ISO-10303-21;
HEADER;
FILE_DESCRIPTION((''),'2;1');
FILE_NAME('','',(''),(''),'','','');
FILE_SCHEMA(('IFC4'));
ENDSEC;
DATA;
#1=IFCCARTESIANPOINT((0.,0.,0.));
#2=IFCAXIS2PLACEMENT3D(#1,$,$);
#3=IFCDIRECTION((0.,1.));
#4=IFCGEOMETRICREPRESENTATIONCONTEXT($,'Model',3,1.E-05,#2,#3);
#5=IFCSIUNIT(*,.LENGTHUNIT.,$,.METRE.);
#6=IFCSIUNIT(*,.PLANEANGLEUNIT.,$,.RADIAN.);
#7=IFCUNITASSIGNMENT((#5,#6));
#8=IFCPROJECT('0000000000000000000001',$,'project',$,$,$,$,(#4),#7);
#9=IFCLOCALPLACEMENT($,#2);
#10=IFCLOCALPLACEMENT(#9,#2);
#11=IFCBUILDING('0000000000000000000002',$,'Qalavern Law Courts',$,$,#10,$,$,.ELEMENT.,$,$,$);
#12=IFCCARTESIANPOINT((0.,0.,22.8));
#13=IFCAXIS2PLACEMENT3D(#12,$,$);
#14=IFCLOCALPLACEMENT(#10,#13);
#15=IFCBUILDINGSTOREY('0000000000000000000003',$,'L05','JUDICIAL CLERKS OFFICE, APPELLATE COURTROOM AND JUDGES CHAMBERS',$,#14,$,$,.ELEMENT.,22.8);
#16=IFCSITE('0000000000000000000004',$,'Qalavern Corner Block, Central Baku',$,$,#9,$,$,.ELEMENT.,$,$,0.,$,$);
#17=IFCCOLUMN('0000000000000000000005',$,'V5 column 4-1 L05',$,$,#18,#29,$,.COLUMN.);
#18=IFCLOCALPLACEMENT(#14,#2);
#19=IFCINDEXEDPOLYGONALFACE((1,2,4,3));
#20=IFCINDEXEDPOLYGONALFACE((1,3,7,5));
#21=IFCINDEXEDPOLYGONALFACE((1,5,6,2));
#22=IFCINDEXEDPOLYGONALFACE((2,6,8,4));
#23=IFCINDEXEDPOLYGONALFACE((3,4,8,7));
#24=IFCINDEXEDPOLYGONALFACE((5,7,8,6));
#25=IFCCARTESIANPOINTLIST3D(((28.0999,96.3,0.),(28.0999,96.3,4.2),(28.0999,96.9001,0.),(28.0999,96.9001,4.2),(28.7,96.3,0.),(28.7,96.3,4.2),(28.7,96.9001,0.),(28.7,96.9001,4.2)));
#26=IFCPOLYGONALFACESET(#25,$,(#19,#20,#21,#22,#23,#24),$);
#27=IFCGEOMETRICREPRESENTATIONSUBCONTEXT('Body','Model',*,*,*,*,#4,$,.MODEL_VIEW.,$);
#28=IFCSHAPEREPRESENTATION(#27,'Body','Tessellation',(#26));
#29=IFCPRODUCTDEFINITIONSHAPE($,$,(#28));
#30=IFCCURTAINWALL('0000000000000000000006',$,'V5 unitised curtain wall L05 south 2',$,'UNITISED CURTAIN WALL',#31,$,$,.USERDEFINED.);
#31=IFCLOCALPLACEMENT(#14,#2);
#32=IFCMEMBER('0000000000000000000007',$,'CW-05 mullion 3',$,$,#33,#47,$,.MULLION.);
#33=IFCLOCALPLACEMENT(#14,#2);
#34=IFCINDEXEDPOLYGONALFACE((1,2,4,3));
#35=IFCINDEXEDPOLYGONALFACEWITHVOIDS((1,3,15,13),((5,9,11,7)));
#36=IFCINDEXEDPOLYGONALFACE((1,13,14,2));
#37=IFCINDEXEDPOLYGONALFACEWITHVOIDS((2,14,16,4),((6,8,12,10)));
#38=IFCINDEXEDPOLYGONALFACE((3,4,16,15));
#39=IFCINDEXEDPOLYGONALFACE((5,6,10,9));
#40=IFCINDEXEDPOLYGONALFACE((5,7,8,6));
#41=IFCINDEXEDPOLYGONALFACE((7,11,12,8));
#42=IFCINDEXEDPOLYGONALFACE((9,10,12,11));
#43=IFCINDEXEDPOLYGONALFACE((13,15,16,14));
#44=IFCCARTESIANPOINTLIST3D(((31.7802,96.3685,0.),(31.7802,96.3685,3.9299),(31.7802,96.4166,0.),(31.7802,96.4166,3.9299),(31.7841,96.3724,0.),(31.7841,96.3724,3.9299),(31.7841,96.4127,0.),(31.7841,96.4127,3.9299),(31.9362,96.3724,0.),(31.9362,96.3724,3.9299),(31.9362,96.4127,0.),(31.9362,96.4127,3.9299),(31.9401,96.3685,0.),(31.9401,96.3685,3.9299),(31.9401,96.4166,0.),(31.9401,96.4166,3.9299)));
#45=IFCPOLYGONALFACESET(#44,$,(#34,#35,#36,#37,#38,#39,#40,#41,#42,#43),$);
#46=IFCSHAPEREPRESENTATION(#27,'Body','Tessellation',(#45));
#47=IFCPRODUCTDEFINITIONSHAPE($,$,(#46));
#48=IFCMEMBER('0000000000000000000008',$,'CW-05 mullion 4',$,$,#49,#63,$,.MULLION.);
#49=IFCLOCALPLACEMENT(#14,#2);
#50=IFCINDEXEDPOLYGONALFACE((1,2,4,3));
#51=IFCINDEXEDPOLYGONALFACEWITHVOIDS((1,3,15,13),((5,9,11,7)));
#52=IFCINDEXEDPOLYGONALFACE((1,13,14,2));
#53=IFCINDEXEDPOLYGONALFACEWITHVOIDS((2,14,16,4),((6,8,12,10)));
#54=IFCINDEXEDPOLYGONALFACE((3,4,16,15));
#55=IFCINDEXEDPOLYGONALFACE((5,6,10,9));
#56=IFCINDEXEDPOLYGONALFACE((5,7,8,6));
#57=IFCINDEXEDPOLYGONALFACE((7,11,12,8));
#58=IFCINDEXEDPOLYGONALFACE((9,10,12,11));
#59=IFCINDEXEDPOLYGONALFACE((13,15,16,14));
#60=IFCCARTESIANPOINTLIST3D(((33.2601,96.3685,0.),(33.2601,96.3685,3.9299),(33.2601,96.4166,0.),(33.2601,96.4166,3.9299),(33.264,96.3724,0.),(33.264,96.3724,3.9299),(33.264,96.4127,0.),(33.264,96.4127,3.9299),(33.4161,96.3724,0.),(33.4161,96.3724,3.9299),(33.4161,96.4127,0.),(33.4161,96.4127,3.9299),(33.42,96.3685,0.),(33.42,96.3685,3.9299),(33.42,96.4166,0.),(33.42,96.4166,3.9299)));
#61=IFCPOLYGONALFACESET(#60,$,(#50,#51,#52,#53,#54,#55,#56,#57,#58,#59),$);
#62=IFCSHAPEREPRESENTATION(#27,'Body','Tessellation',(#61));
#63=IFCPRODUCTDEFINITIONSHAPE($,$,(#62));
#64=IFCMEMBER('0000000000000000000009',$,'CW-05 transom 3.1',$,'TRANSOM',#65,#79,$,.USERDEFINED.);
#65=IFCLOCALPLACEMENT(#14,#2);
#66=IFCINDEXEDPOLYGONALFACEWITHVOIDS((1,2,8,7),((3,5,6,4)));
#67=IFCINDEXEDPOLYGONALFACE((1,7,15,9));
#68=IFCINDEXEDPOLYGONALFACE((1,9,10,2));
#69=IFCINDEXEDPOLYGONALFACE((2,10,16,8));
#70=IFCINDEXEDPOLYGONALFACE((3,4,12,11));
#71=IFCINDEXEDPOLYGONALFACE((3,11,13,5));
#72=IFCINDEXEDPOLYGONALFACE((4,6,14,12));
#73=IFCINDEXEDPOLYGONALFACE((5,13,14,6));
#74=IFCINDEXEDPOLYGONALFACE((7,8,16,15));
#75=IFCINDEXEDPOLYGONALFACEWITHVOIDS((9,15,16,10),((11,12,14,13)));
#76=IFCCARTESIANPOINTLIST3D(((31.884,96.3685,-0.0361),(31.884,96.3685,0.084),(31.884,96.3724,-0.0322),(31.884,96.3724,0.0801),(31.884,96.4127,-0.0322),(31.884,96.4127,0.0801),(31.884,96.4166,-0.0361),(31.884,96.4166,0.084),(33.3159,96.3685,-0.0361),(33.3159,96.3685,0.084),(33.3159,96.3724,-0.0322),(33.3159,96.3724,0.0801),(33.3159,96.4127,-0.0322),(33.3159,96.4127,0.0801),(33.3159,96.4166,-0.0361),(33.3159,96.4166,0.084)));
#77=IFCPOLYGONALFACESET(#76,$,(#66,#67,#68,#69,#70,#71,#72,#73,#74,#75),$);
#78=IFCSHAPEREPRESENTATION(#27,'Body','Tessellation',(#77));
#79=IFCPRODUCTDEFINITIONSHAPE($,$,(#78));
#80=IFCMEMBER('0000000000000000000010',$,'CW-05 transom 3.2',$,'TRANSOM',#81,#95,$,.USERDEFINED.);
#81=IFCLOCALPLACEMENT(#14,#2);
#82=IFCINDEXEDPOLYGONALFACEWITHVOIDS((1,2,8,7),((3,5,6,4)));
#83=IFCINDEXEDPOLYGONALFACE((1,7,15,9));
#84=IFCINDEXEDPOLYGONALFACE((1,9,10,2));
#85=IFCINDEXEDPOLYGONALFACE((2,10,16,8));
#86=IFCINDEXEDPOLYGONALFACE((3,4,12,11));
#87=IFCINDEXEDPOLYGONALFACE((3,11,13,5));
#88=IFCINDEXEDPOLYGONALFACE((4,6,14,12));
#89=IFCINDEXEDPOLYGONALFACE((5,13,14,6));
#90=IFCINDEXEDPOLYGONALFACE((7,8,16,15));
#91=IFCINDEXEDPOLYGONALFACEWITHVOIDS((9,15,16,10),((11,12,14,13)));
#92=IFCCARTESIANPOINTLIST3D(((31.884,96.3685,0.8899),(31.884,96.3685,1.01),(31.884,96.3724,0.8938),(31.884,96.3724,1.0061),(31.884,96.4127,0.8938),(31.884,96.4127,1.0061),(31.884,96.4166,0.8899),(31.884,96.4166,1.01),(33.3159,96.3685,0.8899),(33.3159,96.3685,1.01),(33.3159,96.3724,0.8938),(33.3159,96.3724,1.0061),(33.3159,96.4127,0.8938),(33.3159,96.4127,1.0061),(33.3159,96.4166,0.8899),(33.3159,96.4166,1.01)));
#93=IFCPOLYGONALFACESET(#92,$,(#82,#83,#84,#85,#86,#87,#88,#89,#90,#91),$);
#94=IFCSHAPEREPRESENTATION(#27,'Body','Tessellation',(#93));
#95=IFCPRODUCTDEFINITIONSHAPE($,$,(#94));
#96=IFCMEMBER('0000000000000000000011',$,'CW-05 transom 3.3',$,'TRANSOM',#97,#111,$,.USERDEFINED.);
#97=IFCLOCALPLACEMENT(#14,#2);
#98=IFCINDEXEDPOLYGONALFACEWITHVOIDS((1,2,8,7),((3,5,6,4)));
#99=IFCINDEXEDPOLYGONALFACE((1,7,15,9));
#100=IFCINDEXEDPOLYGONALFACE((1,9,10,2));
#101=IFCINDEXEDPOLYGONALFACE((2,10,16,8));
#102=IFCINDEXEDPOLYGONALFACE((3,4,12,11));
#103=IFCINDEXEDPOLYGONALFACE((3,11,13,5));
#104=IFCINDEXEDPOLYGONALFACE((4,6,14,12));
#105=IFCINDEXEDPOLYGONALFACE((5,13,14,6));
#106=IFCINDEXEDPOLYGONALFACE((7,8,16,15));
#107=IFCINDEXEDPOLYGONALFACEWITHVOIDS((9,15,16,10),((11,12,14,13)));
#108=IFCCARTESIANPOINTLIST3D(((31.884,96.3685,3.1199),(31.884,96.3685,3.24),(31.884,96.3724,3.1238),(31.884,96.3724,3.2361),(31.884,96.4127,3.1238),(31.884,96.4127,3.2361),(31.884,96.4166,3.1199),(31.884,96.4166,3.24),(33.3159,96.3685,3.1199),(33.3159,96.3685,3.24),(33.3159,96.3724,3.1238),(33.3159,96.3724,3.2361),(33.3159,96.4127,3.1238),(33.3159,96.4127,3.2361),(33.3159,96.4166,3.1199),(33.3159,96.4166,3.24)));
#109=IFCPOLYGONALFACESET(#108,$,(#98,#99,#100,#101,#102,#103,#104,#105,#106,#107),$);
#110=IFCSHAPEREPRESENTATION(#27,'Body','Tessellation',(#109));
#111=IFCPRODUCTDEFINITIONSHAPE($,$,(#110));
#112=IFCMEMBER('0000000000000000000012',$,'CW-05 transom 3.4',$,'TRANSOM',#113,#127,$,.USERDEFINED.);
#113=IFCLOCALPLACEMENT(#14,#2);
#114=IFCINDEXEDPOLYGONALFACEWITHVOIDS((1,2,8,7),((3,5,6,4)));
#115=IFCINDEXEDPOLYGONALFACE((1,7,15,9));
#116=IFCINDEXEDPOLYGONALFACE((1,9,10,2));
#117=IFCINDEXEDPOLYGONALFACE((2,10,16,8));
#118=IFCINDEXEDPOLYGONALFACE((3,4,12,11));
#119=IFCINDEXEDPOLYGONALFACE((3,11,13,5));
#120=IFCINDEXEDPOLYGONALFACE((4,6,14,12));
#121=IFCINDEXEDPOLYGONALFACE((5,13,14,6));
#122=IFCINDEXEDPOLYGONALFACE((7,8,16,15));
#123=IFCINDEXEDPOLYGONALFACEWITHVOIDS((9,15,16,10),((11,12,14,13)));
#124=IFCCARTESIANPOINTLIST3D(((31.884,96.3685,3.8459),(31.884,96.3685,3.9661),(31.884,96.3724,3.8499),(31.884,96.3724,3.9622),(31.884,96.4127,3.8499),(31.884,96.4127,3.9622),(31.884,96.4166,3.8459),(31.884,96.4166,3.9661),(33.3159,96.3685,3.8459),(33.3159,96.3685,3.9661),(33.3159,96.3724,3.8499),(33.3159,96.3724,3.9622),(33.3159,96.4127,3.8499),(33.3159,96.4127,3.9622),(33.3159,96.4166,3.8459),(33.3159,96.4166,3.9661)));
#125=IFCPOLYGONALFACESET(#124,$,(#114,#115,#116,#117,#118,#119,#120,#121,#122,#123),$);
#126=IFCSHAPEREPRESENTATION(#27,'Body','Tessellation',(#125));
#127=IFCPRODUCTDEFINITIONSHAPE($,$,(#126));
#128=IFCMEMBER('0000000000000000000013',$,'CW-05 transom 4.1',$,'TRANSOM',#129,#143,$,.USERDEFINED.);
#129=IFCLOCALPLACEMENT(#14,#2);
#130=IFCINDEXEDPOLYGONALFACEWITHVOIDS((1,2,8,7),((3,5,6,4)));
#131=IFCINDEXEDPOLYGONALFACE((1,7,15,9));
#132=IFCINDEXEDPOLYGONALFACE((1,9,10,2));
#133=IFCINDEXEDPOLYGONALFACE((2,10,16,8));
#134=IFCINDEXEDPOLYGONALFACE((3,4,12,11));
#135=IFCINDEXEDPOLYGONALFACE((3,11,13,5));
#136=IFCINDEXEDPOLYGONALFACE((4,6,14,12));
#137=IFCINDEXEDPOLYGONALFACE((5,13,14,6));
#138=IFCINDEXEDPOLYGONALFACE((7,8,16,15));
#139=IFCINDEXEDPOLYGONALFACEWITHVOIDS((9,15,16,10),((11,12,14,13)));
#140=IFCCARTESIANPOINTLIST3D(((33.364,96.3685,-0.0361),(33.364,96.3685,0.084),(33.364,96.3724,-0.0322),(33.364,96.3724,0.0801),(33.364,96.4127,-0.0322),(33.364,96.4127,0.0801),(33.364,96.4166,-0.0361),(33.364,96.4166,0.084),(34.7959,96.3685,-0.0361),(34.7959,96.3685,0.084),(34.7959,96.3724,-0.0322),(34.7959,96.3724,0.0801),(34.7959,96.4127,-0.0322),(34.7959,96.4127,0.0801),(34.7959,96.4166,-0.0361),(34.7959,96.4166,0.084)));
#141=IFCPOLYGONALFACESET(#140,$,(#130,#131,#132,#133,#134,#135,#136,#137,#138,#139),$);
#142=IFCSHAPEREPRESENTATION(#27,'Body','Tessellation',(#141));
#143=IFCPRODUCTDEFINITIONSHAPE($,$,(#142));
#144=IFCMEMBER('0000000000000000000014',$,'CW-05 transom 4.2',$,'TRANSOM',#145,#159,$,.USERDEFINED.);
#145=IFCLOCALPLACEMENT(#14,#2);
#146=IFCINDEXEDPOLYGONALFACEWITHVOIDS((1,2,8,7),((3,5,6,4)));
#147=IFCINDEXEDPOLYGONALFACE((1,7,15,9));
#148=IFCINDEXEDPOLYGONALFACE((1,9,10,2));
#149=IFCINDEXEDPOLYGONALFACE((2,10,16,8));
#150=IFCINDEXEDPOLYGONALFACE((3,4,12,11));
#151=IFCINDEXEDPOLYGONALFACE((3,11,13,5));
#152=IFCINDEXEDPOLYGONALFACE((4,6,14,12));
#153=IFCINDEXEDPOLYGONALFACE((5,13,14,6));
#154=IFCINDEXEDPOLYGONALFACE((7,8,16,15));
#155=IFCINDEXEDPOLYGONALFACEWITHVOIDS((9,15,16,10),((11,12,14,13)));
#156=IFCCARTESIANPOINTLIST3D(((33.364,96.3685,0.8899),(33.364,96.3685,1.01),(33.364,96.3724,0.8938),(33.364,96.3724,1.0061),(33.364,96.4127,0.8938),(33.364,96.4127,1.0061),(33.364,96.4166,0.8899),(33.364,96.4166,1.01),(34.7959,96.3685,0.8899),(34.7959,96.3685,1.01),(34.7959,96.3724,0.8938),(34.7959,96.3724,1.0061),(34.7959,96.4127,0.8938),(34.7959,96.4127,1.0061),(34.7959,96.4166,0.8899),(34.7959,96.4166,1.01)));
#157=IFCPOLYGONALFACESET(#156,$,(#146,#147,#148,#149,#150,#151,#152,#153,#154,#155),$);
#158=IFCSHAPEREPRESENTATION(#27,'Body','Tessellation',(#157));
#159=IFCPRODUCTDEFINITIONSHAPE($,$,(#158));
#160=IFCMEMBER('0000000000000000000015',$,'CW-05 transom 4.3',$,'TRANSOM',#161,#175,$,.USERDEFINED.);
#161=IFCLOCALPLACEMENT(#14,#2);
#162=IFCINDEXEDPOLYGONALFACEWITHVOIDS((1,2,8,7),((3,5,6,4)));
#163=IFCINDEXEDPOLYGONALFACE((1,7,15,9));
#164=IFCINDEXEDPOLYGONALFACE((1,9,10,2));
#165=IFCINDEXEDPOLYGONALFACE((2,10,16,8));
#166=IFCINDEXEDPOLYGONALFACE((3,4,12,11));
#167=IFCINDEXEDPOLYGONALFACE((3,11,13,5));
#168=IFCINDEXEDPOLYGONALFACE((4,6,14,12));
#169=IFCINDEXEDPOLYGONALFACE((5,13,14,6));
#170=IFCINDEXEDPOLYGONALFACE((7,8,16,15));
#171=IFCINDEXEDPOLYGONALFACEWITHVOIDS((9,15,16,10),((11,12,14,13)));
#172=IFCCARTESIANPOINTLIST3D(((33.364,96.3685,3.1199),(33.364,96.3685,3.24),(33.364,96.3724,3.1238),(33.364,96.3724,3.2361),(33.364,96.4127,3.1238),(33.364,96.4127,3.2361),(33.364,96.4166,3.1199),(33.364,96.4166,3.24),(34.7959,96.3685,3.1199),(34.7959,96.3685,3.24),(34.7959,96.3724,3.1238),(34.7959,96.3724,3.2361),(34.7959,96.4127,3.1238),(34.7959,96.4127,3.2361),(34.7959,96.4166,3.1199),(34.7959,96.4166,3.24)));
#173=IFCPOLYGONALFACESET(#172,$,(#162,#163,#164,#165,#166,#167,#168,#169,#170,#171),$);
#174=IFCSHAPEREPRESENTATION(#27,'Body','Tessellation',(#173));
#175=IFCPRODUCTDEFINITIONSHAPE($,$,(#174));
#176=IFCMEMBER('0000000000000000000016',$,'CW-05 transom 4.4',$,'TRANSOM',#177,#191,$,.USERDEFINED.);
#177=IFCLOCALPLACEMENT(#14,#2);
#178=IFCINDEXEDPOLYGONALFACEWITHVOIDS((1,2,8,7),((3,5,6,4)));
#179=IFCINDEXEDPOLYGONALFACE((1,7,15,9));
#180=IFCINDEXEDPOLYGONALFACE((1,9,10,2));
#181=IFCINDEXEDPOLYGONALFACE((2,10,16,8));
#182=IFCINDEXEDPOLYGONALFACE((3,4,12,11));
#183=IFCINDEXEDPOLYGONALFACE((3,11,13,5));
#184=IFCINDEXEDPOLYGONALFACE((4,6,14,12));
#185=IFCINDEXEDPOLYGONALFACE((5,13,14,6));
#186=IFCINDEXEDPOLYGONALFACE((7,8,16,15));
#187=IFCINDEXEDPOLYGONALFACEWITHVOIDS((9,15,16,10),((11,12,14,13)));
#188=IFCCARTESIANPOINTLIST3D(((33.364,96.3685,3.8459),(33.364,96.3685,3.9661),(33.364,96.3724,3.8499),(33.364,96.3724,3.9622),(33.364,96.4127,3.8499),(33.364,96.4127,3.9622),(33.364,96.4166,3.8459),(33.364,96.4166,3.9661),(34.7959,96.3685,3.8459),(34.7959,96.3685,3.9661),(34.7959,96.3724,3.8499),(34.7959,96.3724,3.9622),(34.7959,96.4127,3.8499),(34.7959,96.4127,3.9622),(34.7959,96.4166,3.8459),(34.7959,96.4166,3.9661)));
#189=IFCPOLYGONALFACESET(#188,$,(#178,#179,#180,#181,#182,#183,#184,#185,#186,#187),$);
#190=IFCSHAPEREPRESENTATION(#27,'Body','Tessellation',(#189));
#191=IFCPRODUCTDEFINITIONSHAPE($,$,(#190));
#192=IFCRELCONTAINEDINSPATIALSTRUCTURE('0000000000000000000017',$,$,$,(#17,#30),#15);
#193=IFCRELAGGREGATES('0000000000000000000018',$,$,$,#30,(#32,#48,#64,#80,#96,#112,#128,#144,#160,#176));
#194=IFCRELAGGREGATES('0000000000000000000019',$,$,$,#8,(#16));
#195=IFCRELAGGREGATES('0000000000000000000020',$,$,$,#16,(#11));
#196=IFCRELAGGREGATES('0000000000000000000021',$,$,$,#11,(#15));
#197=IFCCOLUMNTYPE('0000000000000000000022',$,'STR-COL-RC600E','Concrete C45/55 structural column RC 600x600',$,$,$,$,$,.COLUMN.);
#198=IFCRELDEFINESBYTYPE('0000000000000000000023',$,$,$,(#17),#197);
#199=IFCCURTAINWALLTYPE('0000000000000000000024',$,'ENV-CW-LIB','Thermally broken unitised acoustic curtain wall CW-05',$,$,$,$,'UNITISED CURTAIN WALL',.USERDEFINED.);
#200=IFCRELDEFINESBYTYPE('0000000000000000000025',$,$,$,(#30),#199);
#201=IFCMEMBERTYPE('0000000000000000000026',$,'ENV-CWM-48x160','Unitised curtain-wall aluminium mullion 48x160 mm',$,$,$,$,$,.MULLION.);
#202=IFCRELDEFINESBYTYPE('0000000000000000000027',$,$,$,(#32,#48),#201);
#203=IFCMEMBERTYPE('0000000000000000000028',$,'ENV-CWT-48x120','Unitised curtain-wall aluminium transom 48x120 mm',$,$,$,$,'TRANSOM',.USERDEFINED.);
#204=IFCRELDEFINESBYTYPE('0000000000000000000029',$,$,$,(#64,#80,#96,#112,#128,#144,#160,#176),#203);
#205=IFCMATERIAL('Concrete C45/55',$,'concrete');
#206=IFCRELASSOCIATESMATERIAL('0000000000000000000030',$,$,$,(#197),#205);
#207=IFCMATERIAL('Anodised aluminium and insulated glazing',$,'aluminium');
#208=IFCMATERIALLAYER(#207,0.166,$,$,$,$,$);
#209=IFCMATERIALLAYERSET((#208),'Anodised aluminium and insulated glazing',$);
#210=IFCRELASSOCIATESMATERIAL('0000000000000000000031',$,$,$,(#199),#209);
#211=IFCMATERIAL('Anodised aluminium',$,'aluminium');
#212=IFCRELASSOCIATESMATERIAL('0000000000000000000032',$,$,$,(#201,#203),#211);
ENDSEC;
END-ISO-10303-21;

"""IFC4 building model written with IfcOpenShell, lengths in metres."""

from ifc_helpers import new_model, si_unit, direction, frame, origin, origin_2d, place, context, subcontext, project, spatial, rectangle, hollow_rectangle, extrude, material, layer, layer_set, material_profile, profile_set, type_object, element, aggregate, save


model = new_model("IFC4")

# Units and contexts
model_context = context("Model", 3, precision=1e-05, world=origin(), true_north=direction((0.0, 1.0)))
body_context = subcontext(model_context, "Body", "Model", "MODEL_VIEW")
ifc_project = project(units=[si_unit("LENGTHUNIT", "METRE"), si_unit("PLANEANGLEUNIT", "RADIAN")], contexts=[model_context])

# Site, building, storey
site_placement = place(None, origin())
site = spatial("IfcSite", under=ifc_project, at=site_placement, Name="Qalavern Corner Block, Central Baku", CompositionType="ELEMENT", RefElevation=0.0)
building_placement = place(site_placement, origin())
building = spatial("IfcBuilding", under=site, at=building_placement, Name="Qalavern Law Courts", CompositionType="ELEMENT")
storey_placement = place(building_placement, frame((0.0, 0.0, 22.8)))
storey = spatial("IfcBuildingStorey", under=building, at=storey_placement, Name="L05", Description="JUDICIAL CLERKS OFFICE, APPELLATE COURTROOM AND JUDGES CHAMBERS", CompositionType="ELEMENT", Elevation=22.8)

# Column
ifc_material_1 = material(Name="Concrete C45/55", Category="concrete")
ifc_material_profile_1 = material_profile(ifc_material_1, rectangle(XDim=0.6001, YDim=0.6001, at=origin_2d()), Name="RC 600x600")
ifc_profile_set_1 = profile_set([ifc_material_profile_1], Name="Concrete C45/55")
column_type = type_object("IfcColumnType", Name="STR-COL-RC600E", Description="Concrete C45/55 structural column RC 600x600", PredefinedType="COLUMN", material=ifc_profile_set_1)
column_placement = place(storey_placement, frame((28.3999, 96.6001, 0.0), z_axis=(0.0, 0.0, 1.0), x_axis=(1.0, 0.0, 0.0)))
element("IfcColumn", 1, at=column_placement, inside=storey, type_object=column_type, Name="V5 column 4-1 L05", PredefinedType="COLUMN", context=body_context, shape_type="SweptSolid", body=[
    extrude(rectangle(XDim=0.6001, YDim=0.6001, at=origin_2d()), origin(), (0.0, 0.0, 1.0), 4.2),
])

# Curtain wall, members
ifc_material_2 = material(Name="Anodised aluminium and insulated glazing", Category="aluminium")
ifc_layer_1 = layer(ifc_material_2, 0.166)
ifc_layer_set_1 = layer_set([ifc_layer_1], Name="Anodised aluminium and insulated glazing")
curtain_wall_type = type_object("IfcCurtainWallType", Name="ENV-CW-LIB", Description="Thermally broken unitised acoustic curtain wall CW-05", ElementType="UNITISED CURTAIN WALL", PredefinedType="USERDEFINED", material=ifc_layer_set_1)
curtain_wall_placement = place(storey_placement, origin())
curtain_wall = element("IfcCurtainWall", 2, at=curtain_wall_placement, inside=storey, type_object=curtain_wall_type, Name="V5 unitised curtain wall L05 south 2", ObjectType="UNITISED CURTAIN WALL", PredefinedType="USERDEFINED")
ifc_material_3 = material(Name="Anodised aluminium", Category="aluminium")
ifc_material_profile_2 = material_profile(ifc_material_3, hollow_rectangle(XDim=0.0481, YDim=0.1599, WallThickness=0.0039, at=origin_2d()), Name="ALU MULLION 48x160")
ifc_profile_set_2 = profile_set([ifc_material_profile_2], Name="Anodised aluminium")
member_type_1 = type_object("IfcMemberType", Name="ENV-CWM-48x160", Description="Unitised curtain-wall aluminium mullion 48x160 mm", PredefinedType="MULLION", material=ifc_profile_set_2)
member_1_placement = place(storey_placement, frame((31.8601, 96.3926, 0.0), z_axis=(0.0, 0.0, 1.0), x_axis=(0.0, 1.0, 0.0)))
member_1 = element("IfcMember", 3, at=member_1_placement, type_object=member_type_1, Name="CW-05 mullion 3", PredefinedType="MULLION", context=body_context, shape_type="SweptSolid", body=[
    extrude(hollow_rectangle(XDim=0.0481, YDim=0.1599, WallThickness=0.0039, at=origin_2d()), origin(), (0.0, 0.0, 1.0), 3.9299),
])
member_2_placement = place(storey_placement, frame((33.3401, 96.3926, 0.0), z_axis=(0.0, 0.0, 1.0), x_axis=(0.0, 1.0, 0.0)))
member_2 = element("IfcMember", 4, at=member_2_placement, type_object=member_type_1, Name="CW-05 mullion 4", PredefinedType="MULLION", context=body_context, shape_type="SweptSolid", body=[
    extrude(hollow_rectangle(XDim=0.0481, YDim=0.1599, WallThickness=0.0039, at=origin_2d()), origin(), (0.0, 0.0, 1.0), 3.9299),
])
ifc_material_profile_3 = material_profile(ifc_material_3, hollow_rectangle(XDim=0.0481, YDim=0.1201, WallThickness=0.0039, at=origin_2d()), Name="ALU TRANSOM 48x120")
ifc_profile_set_3 = profile_set([ifc_material_profile_3], Name="Anodised aluminium")
member_type_2 = type_object("IfcMemberType", Name="ENV-CWT-48x120", Description="Unitised curtain-wall aluminium transom 48x120 mm", ElementType="TRANSOM", PredefinedType="USERDEFINED", material=ifc_profile_set_3)
member_3_placement = place(storey_placement, frame((31.884, 96.3926, 0.0239), z_axis=(1.0, 0.0, 0.0), x_axis=(0.0, 1.0, 0.0)))
member_3 = element("IfcMember", 5, at=member_3_placement, type_object=member_type_2, Name="CW-05 transom 3.1", ObjectType="TRANSOM", PredefinedType="USERDEFINED", context=body_context, shape_type="SweptSolid", body=[
    extrude(hollow_rectangle(XDim=0.0481, YDim=0.1201, WallThickness=0.0039, at=origin_2d()), origin(), (0.0, 0.0, 1.0), 1.4319),
])
member_4_placement = place(storey_placement, frame((31.884, 96.3926, 0.95), z_axis=(1.0, 0.0, 0.0), x_axis=(0.0, 1.0, 0.0)))
member_4 = element("IfcMember", 6, at=member_4_placement, type_object=member_type_2, Name="CW-05 transom 3.2", ObjectType="TRANSOM", PredefinedType="USERDEFINED", context=body_context, shape_type="SweptSolid", body=[
    extrude(hollow_rectangle(XDim=0.0481, YDim=0.1201, WallThickness=0.0039, at=origin_2d()), origin(), (0.0, 0.0, 1.0), 1.4319),
])
member_5_placement = place(storey_placement, frame((31.884, 96.3926, 3.1799), z_axis=(1.0, 0.0, 0.0), x_axis=(0.0, 1.0, 0.0)))
member_5 = element("IfcMember", 7, at=member_5_placement, type_object=member_type_2, Name="CW-05 transom 3.3", ObjectType="TRANSOM", PredefinedType="USERDEFINED", context=body_context, shape_type="SweptSolid", body=[
    extrude(hollow_rectangle(XDim=0.0481, YDim=0.1201, WallThickness=0.0039, at=origin_2d()), origin(), (0.0, 0.0, 1.0), 1.4319),
])
member_6_placement = place(storey_placement, frame((31.884, 96.3926, 3.906), z_axis=(1.0, 0.0, 0.0), x_axis=(0.0, 1.0, 0.0)))
member_6 = element("IfcMember", 8, at=member_6_placement, type_object=member_type_2, Name="CW-05 transom 3.4", ObjectType="TRANSOM", PredefinedType="USERDEFINED", context=body_context, shape_type="SweptSolid", body=[
    extrude(hollow_rectangle(XDim=0.0481, YDim=0.1201, WallThickness=0.0039, at=origin_2d()), origin(), (0.0, 0.0, 1.0), 1.4319),
])
member_7_placement = place(storey_placement, frame((33.364, 96.3926, 0.0239), z_axis=(1.0, 0.0, 0.0), x_axis=(0.0, 1.0, 0.0)))
member_7 = element("IfcMember", 9, at=member_7_placement, type_object=member_type_2, Name="CW-05 transom 4.1", ObjectType="TRANSOM", PredefinedType="USERDEFINED", context=body_context, shape_type="SweptSolid", body=[
    extrude(hollow_rectangle(XDim=0.0481, YDim=0.1201, WallThickness=0.0039, at=origin_2d()), origin(), (0.0, 0.0, 1.0), 1.4319),
])
member_8_placement = place(storey_placement, frame((33.364, 96.3926, 0.95), z_axis=(1.0, 0.0, 0.0), x_axis=(0.0, 1.0, 0.0)))
member_8 = element("IfcMember", 10, at=member_8_placement, type_object=member_type_2, Name="CW-05 transom 4.2", ObjectType="TRANSOM", PredefinedType="USERDEFINED", context=body_context, shape_type="SweptSolid", body=[
    extrude(hollow_rectangle(XDim=0.0481, YDim=0.1201, WallThickness=0.0039, at=origin_2d()), origin(), (0.0, 0.0, 1.0), 1.4319),
])
member_9_placement = place(storey_placement, frame((33.364, 96.3926, 3.1799), z_axis=(1.0, 0.0, 0.0), x_axis=(0.0, 1.0, 0.0)))
member_9 = element("IfcMember", 11, at=member_9_placement, type_object=member_type_2, Name="CW-05 transom 4.3", ObjectType="TRANSOM", PredefinedType="USERDEFINED", context=body_context, shape_type="SweptSolid", body=[
    extrude(hollow_rectangle(XDim=0.0481, YDim=0.1201, WallThickness=0.0039, at=origin_2d()), origin(), (0.0, 0.0, 1.0), 1.4319),
])
member_10_placement = place(storey_placement, frame((33.364, 96.3926, 3.906), z_axis=(1.0, 0.0, 0.0), x_axis=(0.0, 1.0, 0.0)))
member_10 = element("IfcMember", 12, at=member_10_placement, type_object=member_type_2, Name="CW-05 transom 4.4", ObjectType="TRANSOM", PredefinedType="USERDEFINED", context=body_context, shape_type="SweptSolid", body=[
    extrude(hollow_rectangle(XDim=0.0481, YDim=0.1201, WallThickness=0.0039, at=origin_2d()), origin(), (0.0, 0.0, 1.0), 1.4319),
])

aggregate(curtain_wall, [member_1, member_2, member_3, member_4, member_5, member_6, member_7, member_8, member_9, member_10])

save(model, "model.ifc")
